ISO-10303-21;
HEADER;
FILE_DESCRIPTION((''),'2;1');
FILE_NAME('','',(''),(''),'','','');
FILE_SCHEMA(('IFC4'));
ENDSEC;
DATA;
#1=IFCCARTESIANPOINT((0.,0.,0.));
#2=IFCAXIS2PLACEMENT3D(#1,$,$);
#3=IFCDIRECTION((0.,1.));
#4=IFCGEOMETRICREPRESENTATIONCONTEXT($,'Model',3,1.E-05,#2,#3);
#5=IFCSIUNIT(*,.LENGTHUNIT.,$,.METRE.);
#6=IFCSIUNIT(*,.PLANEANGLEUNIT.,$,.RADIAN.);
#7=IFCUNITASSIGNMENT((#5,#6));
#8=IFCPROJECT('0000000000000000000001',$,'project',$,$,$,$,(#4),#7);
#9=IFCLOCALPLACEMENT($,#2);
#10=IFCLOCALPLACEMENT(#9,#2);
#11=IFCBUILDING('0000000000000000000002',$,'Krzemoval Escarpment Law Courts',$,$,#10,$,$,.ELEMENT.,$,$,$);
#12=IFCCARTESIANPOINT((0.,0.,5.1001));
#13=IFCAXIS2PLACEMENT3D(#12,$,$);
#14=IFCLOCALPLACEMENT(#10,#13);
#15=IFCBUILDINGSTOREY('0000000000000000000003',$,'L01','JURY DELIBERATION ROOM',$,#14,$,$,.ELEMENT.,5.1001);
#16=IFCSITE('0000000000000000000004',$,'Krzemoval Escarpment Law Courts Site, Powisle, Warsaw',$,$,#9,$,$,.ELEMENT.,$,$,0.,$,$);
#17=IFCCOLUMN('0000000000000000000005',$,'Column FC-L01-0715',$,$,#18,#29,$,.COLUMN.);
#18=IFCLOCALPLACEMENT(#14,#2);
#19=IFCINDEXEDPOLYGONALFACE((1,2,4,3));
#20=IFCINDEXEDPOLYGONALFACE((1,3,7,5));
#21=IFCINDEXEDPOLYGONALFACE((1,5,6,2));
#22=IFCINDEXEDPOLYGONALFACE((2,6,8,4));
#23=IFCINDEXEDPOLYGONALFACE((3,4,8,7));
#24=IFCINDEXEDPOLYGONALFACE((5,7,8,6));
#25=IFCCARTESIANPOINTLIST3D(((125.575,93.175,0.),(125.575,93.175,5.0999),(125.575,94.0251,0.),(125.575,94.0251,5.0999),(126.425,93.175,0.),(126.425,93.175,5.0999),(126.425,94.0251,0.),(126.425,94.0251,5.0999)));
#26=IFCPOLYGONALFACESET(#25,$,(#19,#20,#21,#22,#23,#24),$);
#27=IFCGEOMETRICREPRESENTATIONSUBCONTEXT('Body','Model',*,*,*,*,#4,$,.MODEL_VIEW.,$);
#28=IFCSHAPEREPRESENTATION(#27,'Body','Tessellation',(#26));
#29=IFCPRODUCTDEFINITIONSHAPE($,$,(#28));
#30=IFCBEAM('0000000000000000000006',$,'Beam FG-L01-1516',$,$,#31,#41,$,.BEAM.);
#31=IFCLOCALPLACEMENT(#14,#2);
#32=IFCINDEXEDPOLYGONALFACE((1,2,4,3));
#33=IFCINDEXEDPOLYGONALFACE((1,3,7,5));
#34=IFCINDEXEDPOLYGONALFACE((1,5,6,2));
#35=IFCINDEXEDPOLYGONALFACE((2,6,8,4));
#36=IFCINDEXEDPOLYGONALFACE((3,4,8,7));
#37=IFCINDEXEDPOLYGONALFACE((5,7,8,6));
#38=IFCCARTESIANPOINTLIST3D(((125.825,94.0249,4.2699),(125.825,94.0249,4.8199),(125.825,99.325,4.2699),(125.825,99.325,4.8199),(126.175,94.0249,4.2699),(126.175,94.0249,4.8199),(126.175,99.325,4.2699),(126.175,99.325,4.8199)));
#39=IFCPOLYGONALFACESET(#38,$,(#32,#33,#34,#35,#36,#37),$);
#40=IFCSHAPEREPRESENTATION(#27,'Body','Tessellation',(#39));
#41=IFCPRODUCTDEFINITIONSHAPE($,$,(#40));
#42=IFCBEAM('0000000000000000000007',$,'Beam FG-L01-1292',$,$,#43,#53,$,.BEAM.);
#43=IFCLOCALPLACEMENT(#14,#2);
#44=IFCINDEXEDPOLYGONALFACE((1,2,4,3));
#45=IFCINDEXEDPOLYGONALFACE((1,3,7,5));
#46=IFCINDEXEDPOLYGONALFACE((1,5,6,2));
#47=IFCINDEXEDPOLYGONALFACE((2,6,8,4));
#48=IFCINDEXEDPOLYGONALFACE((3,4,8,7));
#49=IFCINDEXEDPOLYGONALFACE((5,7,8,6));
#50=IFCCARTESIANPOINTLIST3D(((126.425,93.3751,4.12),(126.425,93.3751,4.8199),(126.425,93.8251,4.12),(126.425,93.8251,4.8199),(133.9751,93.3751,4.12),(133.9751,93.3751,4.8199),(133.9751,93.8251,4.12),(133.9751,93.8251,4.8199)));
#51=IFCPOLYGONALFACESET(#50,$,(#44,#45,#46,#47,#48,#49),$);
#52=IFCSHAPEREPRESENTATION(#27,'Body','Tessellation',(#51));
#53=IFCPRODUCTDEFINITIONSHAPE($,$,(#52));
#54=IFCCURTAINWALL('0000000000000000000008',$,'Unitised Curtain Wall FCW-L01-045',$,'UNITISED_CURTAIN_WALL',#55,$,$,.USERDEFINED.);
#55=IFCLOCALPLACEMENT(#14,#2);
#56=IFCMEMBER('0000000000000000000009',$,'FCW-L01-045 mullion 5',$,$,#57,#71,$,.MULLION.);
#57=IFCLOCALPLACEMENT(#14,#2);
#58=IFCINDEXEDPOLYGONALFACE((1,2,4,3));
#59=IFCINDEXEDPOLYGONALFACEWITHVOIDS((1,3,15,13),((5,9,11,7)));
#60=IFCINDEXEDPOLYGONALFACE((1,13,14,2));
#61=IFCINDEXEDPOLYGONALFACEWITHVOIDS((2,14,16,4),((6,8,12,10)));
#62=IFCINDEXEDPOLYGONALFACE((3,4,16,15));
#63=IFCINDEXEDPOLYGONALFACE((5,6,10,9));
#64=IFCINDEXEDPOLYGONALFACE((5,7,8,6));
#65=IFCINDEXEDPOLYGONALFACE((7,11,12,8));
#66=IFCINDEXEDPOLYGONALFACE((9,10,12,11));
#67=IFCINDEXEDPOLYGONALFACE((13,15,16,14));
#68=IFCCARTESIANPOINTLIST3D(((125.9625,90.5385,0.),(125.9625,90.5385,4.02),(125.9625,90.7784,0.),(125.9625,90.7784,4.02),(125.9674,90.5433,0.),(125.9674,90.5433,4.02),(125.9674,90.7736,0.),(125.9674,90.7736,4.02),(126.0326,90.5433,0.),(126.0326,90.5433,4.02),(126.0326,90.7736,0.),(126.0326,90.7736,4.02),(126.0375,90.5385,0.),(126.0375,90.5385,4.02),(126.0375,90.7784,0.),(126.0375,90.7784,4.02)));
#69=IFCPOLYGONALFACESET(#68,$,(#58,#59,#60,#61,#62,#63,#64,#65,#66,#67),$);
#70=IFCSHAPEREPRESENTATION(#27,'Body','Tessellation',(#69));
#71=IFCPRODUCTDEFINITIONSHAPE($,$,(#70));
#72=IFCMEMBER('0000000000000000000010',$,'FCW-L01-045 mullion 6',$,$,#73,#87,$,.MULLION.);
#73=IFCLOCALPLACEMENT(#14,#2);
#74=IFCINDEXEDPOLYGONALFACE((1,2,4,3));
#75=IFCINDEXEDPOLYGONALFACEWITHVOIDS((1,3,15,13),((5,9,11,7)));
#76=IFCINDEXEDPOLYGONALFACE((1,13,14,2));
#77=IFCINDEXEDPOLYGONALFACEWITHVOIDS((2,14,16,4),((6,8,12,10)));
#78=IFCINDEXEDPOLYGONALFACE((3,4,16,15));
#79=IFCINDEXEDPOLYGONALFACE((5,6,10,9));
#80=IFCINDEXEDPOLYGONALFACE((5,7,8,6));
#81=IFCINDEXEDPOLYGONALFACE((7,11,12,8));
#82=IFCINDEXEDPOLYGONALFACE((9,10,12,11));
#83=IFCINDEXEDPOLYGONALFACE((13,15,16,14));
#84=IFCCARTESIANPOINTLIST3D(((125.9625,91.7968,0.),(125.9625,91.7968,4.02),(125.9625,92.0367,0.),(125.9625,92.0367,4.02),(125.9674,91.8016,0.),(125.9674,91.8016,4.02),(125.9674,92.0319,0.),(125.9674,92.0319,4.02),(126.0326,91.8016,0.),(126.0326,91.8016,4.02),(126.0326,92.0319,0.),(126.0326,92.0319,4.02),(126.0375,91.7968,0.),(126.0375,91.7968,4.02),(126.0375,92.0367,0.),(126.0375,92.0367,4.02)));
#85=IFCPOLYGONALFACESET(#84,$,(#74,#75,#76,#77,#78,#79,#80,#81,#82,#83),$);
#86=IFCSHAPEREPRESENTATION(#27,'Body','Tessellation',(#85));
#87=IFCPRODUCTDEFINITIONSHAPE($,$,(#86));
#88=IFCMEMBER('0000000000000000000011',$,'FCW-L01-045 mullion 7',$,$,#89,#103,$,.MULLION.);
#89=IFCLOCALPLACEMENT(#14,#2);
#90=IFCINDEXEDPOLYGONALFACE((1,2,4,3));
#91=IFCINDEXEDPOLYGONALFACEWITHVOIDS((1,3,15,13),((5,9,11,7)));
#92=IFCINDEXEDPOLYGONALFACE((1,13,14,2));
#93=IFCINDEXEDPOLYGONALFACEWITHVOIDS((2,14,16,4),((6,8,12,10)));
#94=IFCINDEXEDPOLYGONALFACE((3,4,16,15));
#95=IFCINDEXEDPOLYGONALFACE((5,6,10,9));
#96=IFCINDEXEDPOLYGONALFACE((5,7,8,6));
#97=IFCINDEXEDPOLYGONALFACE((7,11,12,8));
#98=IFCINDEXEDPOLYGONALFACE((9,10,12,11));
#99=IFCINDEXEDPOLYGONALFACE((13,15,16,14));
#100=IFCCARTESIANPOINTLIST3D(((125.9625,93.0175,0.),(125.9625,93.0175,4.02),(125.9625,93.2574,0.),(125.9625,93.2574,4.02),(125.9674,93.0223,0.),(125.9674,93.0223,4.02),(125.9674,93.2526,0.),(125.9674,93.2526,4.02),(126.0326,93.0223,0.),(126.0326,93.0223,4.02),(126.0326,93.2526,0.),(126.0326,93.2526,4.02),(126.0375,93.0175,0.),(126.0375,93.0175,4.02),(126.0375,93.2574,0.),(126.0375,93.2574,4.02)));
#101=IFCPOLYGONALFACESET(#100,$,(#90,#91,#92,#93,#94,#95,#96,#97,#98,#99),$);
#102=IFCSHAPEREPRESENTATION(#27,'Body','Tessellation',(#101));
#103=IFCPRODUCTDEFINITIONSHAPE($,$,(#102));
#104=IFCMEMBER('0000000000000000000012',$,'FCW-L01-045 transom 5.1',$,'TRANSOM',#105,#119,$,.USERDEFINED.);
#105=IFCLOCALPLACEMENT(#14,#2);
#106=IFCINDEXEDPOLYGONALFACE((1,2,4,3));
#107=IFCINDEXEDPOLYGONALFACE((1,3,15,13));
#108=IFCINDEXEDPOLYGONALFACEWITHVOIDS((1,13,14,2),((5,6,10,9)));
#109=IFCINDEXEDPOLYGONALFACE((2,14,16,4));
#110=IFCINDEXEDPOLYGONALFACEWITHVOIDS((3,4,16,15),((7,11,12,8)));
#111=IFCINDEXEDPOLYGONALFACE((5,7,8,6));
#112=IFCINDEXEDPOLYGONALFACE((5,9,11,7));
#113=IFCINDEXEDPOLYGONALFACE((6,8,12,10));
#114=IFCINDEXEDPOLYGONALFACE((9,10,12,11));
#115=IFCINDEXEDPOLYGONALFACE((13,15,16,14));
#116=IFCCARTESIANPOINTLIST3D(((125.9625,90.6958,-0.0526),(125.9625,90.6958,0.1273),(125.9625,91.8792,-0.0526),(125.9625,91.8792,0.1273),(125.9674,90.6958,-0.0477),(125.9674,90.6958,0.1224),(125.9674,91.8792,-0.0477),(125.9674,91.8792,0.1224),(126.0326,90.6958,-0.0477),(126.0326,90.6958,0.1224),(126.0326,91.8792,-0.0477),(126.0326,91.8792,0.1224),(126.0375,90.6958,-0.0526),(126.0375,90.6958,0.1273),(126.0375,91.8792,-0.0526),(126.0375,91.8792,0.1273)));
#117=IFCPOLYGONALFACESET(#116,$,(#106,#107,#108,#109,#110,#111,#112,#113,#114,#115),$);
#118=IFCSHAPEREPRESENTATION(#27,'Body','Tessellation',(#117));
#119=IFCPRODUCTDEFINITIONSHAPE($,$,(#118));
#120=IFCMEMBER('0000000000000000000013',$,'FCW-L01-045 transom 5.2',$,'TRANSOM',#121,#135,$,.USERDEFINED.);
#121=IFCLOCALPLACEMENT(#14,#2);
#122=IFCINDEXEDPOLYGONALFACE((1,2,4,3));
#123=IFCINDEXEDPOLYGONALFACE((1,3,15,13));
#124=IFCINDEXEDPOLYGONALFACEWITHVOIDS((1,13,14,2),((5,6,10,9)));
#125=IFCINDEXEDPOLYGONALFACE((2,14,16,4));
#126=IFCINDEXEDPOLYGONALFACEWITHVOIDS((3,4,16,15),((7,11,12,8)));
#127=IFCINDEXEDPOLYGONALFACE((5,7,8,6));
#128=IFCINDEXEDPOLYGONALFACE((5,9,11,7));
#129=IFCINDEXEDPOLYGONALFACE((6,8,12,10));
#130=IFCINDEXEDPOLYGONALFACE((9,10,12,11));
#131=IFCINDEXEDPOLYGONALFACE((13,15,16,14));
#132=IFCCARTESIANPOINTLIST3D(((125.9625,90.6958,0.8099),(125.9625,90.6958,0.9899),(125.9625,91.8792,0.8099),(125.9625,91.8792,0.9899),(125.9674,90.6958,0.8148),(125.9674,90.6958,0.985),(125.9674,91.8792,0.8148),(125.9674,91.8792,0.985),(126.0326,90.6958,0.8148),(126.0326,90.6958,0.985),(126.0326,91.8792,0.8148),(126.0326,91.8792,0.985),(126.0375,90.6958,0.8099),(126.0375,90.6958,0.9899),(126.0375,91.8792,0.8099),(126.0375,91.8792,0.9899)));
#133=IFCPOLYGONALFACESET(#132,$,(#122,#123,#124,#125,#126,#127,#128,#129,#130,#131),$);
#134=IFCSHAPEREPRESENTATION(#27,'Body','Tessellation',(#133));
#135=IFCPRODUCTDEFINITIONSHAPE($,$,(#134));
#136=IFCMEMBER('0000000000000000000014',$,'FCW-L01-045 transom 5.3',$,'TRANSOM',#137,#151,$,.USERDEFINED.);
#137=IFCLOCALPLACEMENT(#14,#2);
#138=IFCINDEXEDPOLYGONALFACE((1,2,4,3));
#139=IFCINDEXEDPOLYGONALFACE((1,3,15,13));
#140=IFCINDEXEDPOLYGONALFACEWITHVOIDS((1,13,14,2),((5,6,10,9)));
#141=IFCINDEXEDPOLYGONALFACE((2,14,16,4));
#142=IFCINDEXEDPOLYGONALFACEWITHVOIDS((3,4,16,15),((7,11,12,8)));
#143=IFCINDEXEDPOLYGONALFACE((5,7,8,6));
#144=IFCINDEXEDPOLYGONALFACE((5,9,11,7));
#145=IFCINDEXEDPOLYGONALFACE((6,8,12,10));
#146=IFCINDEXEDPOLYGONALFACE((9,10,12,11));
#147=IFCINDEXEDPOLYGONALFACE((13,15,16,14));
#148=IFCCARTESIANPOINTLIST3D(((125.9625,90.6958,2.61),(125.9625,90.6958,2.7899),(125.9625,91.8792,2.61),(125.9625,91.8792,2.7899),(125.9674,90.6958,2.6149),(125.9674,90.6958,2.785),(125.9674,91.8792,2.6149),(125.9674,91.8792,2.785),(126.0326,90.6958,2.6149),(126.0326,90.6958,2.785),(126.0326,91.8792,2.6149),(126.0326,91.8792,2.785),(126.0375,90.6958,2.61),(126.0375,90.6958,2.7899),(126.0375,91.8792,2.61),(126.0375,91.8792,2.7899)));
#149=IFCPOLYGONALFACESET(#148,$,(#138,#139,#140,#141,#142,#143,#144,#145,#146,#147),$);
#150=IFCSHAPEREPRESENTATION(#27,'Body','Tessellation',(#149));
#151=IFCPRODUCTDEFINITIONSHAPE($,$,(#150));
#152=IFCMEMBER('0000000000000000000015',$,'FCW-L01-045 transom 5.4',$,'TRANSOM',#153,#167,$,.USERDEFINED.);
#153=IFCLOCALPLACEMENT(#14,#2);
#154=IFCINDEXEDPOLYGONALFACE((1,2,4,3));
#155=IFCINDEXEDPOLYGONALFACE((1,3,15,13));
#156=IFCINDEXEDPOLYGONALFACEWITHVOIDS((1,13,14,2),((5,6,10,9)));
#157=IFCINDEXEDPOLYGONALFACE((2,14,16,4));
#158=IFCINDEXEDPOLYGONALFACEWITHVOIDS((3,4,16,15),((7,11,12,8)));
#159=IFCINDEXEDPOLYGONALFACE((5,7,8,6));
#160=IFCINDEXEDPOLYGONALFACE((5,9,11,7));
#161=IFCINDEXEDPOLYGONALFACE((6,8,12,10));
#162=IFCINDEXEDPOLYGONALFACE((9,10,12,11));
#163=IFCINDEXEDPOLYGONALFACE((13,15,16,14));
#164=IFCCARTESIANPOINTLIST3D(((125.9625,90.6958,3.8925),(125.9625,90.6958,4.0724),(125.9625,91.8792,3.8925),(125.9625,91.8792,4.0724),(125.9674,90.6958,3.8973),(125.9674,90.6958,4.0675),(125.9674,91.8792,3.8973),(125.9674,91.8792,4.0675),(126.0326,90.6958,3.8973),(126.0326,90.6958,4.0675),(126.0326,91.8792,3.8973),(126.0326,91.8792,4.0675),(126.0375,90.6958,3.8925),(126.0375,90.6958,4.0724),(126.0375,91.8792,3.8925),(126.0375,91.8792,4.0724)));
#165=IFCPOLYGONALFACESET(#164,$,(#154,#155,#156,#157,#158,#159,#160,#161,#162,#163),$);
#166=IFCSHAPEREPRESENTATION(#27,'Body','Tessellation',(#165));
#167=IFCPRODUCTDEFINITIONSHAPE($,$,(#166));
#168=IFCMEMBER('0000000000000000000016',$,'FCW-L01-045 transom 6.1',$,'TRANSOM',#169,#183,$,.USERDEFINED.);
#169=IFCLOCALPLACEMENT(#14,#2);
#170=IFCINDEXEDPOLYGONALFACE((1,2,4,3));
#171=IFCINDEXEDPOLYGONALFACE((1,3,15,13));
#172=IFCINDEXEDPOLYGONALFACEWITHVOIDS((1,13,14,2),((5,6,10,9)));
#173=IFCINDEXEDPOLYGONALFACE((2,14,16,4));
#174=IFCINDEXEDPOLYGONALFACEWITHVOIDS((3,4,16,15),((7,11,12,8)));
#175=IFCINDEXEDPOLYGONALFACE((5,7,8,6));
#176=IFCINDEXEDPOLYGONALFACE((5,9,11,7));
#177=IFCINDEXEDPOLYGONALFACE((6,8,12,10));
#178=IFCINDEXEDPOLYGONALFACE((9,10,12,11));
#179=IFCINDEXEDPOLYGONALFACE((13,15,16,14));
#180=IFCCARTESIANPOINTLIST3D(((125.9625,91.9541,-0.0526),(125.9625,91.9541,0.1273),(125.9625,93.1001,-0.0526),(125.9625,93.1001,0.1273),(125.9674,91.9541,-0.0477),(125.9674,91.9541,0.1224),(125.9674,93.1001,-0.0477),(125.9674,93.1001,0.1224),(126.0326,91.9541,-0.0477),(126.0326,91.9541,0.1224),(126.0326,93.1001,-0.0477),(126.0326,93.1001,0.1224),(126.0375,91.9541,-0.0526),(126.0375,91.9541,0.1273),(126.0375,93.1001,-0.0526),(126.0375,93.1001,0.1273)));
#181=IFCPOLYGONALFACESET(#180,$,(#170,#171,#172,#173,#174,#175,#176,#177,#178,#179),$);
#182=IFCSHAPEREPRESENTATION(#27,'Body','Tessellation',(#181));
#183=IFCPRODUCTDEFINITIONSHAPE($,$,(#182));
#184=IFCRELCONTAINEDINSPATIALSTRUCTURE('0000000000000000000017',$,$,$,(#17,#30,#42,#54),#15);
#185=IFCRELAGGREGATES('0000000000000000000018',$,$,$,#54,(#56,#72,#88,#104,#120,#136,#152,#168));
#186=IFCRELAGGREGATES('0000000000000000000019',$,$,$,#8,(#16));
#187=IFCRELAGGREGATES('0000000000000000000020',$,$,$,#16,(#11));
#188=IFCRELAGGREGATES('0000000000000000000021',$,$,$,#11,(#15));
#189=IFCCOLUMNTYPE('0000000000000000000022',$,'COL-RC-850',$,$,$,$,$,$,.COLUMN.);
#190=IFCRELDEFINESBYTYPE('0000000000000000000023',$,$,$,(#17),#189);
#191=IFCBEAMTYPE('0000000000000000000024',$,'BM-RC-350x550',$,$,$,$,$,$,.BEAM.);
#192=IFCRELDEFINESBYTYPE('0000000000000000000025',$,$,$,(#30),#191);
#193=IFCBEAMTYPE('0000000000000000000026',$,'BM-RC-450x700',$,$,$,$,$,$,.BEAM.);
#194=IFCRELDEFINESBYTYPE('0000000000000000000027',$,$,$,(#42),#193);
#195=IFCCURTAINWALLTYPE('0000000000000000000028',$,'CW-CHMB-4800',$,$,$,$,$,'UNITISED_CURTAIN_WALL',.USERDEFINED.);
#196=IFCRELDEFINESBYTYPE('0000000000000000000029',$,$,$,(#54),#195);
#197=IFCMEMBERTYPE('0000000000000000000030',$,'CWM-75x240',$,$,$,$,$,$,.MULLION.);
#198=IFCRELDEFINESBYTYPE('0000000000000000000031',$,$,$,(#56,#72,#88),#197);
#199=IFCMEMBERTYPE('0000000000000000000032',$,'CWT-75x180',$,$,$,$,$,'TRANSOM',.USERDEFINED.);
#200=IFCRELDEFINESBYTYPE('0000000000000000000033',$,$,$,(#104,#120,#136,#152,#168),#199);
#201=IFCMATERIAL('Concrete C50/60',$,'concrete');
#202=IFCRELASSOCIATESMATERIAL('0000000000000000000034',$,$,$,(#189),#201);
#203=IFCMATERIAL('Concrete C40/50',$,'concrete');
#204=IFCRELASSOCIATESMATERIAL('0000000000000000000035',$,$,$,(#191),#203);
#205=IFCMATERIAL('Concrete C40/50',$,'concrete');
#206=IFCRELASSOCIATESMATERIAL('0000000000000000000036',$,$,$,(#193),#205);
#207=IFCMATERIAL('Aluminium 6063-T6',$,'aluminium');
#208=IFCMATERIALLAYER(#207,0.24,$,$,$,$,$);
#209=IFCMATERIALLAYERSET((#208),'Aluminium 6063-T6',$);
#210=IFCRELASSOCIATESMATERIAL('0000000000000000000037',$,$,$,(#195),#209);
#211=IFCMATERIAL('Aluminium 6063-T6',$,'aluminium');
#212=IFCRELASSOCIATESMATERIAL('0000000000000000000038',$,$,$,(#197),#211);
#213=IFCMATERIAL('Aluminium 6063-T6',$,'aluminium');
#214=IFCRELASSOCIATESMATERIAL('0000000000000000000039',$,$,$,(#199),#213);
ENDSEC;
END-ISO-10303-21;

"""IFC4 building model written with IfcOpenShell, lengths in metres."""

from ifc_helpers import new_model, si_unit, direction, frame, origin, origin_2d, place, context, subcontext, project, spatial, rectangle, hollow_rectangle, extrude, material, layer, layer_set, material_profile, profile_set, type_object, element, aggregate, save


model = new_model("IFC4")

# Units and contexts
model_context = context("Model", 3, precision=1e-05, world=origin(), true_north=direction((0.0, 1.0)))
body_context = subcontext(model_context, "Body", "Model", "MODEL_VIEW")
ifc_project = project(units=[si_unit("LENGTHUNIT", "METRE"), si_unit("PLANEANGLEUNIT", "RADIAN")], contexts=[model_context])

# Site, building, storey
site_placement = place(None, origin())
site = spatial("IfcSite", under=ifc_project, at=site_placement, Name="Krzemoval Escarpment Law Courts Site, Powisle, Warsaw", CompositionType="ELEMENT", RefElevation=0.0)
building_placement = place(site_placement, origin())
building = spatial("IfcBuilding", under=site, at=building_placement, Name="Krzemoval Escarpment Law Courts", CompositionType="ELEMENT")
storey_placement = place(building_placement, frame((0.0, 0.0, 5.1001)))
storey = spatial("IfcBuildingStorey", under=building, at=storey_placement, Name="L01", Description="JURY DELIBERATION ROOM", CompositionType="ELEMENT", Elevation=5.1001)

# Column
ifc_material_1 = material(Name="Concrete C50/60", Category="concrete")
ifc_material_profile_1 = material_profile(ifc_material_1, rectangle(XDim=0.8501, YDim=0.8501, at=origin_2d()), Name="RC 850x850")
ifc_profile_set_1 = profile_set([ifc_material_profile_1], Name="Concrete C50/60")
column_type = type_object("IfcColumnType", Name="COL-RC-850", PredefinedType="COLUMN", material=ifc_profile_set_1)
column_placement = place(storey_placement, frame((126.0, 93.6001, 0.0), z_axis=(0.0, 0.0, 1.0), x_axis=(1.0, 0.0, 0.0)))
element("IfcColumn", 1, at=column_placement, inside=storey, type_object=column_type, Name="Column FC-L01-0715", PredefinedType="COLUMN", context=body_context, shape_type="SweptSolid", body=[
    extrude(rectangle(XDim=0.8501, YDim=0.8501, at=origin_2d()), origin(), (0.0, 0.0, 1.0), 5.0999),
])

# Beams
ifc_material_2 = material(Name="Concrete C40/50", Category="concrete")
ifc_material_profile_2 = material_profile(ifc_material_2, rectangle(XDim=0.3501, YDim=0.55, at=origin_2d()), Name="RCB 350x550")
ifc_profile_set_2 = profile_set([ifc_material_profile_2], Name="Concrete C40/50")
beam_type_1 = type_object("IfcBeamType", Name="BM-RC-350x550", PredefinedType="BEAM", material=ifc_profile_set_2)
beam_1_placement = place(storey_placement, frame((126.0, 94.0249, 4.5449), z_axis=(0.0, 1.0, 0.0), x_axis=(-1.0, 0.0, 0.0)))
element("IfcBeam", 2, at=beam_1_placement, inside=storey, type_object=beam_type_1, Name="Beam FG-L01-1516", PredefinedType="BEAM", context=body_context, shape_type="SweptSolid", body=[
    extrude(rectangle(XDim=0.3501, YDim=0.55, at=origin_2d()), origin(), (0.0, 0.0, 1.0), 5.3),
])
ifc_material_3 = material(Name="Concrete C40/50", Category="concrete")
ifc_material_profile_3 = material_profile(ifc_material_3, rectangle(XDim=0.45, YDim=0.7, at=origin_2d()), Name="RCB 450x700")
ifc_profile_set_3 = profile_set([ifc_material_profile_3], Name="Concrete C40/50")
beam_type_2 = type_object("IfcBeamType", Name="BM-RC-450x700", PredefinedType="BEAM", material=ifc_profile_set_3)
beam_2_placement = place(storey_placement, frame((126.425, 93.6001, 4.47), z_axis=(1.0, 0.0, 0.0), x_axis=(0.0, 1.0, 0.0)))
element("IfcBeam", 3, at=beam_2_placement, inside=storey, type_object=beam_type_2, Name="Beam FG-L01-1292", PredefinedType="BEAM", context=body_context, shape_type="SweptSolid", body=[
    extrude(rectangle(XDim=0.45, YDim=0.7, at=origin_2d()), origin(), (0.0, 0.0, 1.0), 7.55),
])

# Curtain wall, members
ifc_material_4 = material(Name="Aluminium 6063-T6", Category="aluminium")
ifc_layer_1 = layer(ifc_material_4, 0.24)
ifc_layer_set_1 = layer_set([ifc_layer_1], Name="Aluminium 6063-T6")
curtain_wall_type = type_object("IfcCurtainWallType", Name="CW-CHMB-4800", ElementType="UNITISED_CURTAIN_WALL", PredefinedType="USERDEFINED", material=ifc_layer_set_1)
curtain_wall_placement = place(storey_placement, origin())
curtain_wall = element("IfcCurtainWall", 4, at=curtain_wall_placement, inside=storey, type_object=curtain_wall_type, Name="Unitised Curtain Wall FCW-L01-045", ObjectType="UNITISED_CURTAIN_WALL", PredefinedType="USERDEFINED")
ifc_material_5 = material(Name="Aluminium 6063-T6", Category="aluminium")
ifc_material_profile_4 = material_profile(ifc_material_5, hollow_rectangle(XDim=0.075, YDim=0.24, WallThickness=0.0049, at=origin_2d()), Name="ALU M75x240")
ifc_profile_set_4 = profile_set([ifc_material_profile_4], Name="Aluminium 6063-T6")
member_type_1 = type_object("IfcMemberType", Name="CWM-75x240", PredefinedType="MULLION", material=ifc_profile_set_4)
member_1_placement = place(storey_placement, frame((126.0, 90.6584, 0.0), z_axis=(0.0, 0.0, 1.0), x_axis=(-1.0, 0.0, 0.0)))
member_1 = element("IfcMember", 5, at=member_1_placement, type_object=member_type_1, Name="FCW-L01-045 mullion 5", PredefinedType="MULLION", context=body_context, shape_type="SweptSolid", body=[
    extrude(hollow_rectangle(XDim=0.075, YDim=0.24, WallThickness=0.0049, at=origin_2d()), origin(), (0.0, 0.0, 1.0), 4.02),
])
member_2_placement = place(storey_placement, frame((126.0, 91.9167, 0.0), z_axis=(0.0, 0.0, 1.0), x_axis=(-1.0, 0.0, 0.0)))
member_2 = element("IfcMember", 6, at=member_2_placement, type_object=member_type_1, Name="FCW-L01-045 mullion 6", PredefinedType="MULLION", context=body_context, shape_type="SweptSolid", body=[
    extrude(hollow_rectangle(XDim=0.075, YDim=0.24, WallThickness=0.0049, at=origin_2d()), origin(), (0.0, 0.0, 1.0), 4.02),
])
member_3_placement = place(storey_placement, frame((126.0, 93.1375, 0.0), z_axis=(0.0, 0.0, 1.0), x_axis=(-1.0, 0.0, 0.0)))
member_3 = element("IfcMember", 7, at=member_3_placement, type_object=member_type_1, Name="FCW-L01-045 mullion 7", PredefinedType="MULLION", context=body_context, shape_type="SweptSolid", body=[
    extrude(hollow_rectangle(XDim=0.075, YDim=0.24, WallThickness=0.0049, at=origin_2d()), origin(), (0.0, 0.0, 1.0), 4.02),
])
ifc_material_6 = material(Name="Aluminium 6063-T6", Category="aluminium")
ifc_material_profile_5 = material_profile(ifc_material_6, hollow_rectangle(XDim=0.075, YDim=0.1799, WallThickness=0.0049, at=origin_2d()), Name="ALU T75x180")
ifc_profile_set_5 = profile_set([ifc_material_profile_5], Name="Aluminium 6063-T6")
member_type_2 = type_object("IfcMemberType", Name="CWT-75x180", ElementType="TRANSOM", PredefinedType="USERDEFINED", material=ifc_profile_set_5)
member_4_placement = place(storey_placement, frame((126.0, 90.6958, 0.0374), z_axis=(0.0, 1.0, 0.0), x_axis=(-1.0, 0.0, 0.0)))
member_4 = element("IfcMember", 8, at=member_4_placement, type_object=member_type_2, Name="FCW-L01-045 transom 5.1", ObjectType="TRANSOM", PredefinedType="USERDEFINED", context=body_context, shape_type="SweptSolid", body=[
    extrude(hollow_rectangle(XDim=0.075, YDim=0.1799, WallThickness=0.0049, at=origin_2d()), origin(), (0.0, 0.0, 1.0), 1.1833),
])
member_5_placement = place(storey_placement, frame((126.0, 90.6958, 0.8999), z_axis=(0.0, 1.0, 0.0), x_axis=(-1.0, 0.0, 0.0)))
member_5 = element("IfcMember", 9, at=member_5_placement, type_object=member_type_2, Name="FCW-L01-045 transom 5.2", ObjectType="TRANSOM", PredefinedType="USERDEFINED", context=body_context, shape_type="SweptSolid", body=[
    extrude(hollow_rectangle(XDim=0.075, YDim=0.1799, WallThickness=0.0049, at=origin_2d()), origin(), (0.0, 0.0, 1.0), 1.1833),
])
member_6_placement = place(storey_placement, frame((126.0, 90.6958, 2.7), z_axis=(0.0, 1.0, 0.0), x_axis=(-1.0, 0.0, 0.0)))
member_6 = element("IfcMember", 10, at=member_6_placement, type_object=member_type_2, Name="FCW-L01-045 transom 5.3", ObjectType="TRANSOM", PredefinedType="USERDEFINED", context=body_context, shape_type="SweptSolid", body=[
    extrude(hollow_rectangle(XDim=0.075, YDim=0.1799, WallThickness=0.0049, at=origin_2d()), origin(), (0.0, 0.0, 1.0), 1.1833),
])
member_7_placement = place(storey_placement, frame((126.0, 90.6958, 3.9824), z_axis=(0.0, 1.0, 0.0), x_axis=(-1.0, 0.0, 0.0)))
member_7 = element("IfcMember", 11, at=member_7_placement, type_object=member_type_2, Name="FCW-L01-045 transom 5.4", ObjectType="TRANSOM", PredefinedType="USERDEFINED", context=body_context, shape_type="SweptSolid", body=[
    extrude(hollow_rectangle(XDim=0.075, YDim=0.1799, WallThickness=0.0049, at=origin_2d()), origin(), (0.0, 0.0, 1.0), 1.1833),
])
member_8_placement = place(storey_placement, frame((126.0, 91.9541, 0.0374), z_axis=(0.0, 1.0, 0.0), x_axis=(-1.0, 0.0, 0.0)))
member_8 = element("IfcMember", 12, at=member_8_placement, type_object=member_type_2, Name="FCW-L01-045 transom 6.1", ObjectType="TRANSOM", PredefinedType="USERDEFINED", context=body_context, shape_type="SweptSolid", body=[
    extrude(hollow_rectangle(XDim=0.075, YDim=0.1799, WallThickness=0.0049, at=origin_2d()), origin(), (0.0, 0.0, 1.0), 1.146),
])

aggregate(curtain_wall, [member_1, member_2, member_3, member_4, member_5, member_6, member_7, member_8])

save(model, "model.ifc")
